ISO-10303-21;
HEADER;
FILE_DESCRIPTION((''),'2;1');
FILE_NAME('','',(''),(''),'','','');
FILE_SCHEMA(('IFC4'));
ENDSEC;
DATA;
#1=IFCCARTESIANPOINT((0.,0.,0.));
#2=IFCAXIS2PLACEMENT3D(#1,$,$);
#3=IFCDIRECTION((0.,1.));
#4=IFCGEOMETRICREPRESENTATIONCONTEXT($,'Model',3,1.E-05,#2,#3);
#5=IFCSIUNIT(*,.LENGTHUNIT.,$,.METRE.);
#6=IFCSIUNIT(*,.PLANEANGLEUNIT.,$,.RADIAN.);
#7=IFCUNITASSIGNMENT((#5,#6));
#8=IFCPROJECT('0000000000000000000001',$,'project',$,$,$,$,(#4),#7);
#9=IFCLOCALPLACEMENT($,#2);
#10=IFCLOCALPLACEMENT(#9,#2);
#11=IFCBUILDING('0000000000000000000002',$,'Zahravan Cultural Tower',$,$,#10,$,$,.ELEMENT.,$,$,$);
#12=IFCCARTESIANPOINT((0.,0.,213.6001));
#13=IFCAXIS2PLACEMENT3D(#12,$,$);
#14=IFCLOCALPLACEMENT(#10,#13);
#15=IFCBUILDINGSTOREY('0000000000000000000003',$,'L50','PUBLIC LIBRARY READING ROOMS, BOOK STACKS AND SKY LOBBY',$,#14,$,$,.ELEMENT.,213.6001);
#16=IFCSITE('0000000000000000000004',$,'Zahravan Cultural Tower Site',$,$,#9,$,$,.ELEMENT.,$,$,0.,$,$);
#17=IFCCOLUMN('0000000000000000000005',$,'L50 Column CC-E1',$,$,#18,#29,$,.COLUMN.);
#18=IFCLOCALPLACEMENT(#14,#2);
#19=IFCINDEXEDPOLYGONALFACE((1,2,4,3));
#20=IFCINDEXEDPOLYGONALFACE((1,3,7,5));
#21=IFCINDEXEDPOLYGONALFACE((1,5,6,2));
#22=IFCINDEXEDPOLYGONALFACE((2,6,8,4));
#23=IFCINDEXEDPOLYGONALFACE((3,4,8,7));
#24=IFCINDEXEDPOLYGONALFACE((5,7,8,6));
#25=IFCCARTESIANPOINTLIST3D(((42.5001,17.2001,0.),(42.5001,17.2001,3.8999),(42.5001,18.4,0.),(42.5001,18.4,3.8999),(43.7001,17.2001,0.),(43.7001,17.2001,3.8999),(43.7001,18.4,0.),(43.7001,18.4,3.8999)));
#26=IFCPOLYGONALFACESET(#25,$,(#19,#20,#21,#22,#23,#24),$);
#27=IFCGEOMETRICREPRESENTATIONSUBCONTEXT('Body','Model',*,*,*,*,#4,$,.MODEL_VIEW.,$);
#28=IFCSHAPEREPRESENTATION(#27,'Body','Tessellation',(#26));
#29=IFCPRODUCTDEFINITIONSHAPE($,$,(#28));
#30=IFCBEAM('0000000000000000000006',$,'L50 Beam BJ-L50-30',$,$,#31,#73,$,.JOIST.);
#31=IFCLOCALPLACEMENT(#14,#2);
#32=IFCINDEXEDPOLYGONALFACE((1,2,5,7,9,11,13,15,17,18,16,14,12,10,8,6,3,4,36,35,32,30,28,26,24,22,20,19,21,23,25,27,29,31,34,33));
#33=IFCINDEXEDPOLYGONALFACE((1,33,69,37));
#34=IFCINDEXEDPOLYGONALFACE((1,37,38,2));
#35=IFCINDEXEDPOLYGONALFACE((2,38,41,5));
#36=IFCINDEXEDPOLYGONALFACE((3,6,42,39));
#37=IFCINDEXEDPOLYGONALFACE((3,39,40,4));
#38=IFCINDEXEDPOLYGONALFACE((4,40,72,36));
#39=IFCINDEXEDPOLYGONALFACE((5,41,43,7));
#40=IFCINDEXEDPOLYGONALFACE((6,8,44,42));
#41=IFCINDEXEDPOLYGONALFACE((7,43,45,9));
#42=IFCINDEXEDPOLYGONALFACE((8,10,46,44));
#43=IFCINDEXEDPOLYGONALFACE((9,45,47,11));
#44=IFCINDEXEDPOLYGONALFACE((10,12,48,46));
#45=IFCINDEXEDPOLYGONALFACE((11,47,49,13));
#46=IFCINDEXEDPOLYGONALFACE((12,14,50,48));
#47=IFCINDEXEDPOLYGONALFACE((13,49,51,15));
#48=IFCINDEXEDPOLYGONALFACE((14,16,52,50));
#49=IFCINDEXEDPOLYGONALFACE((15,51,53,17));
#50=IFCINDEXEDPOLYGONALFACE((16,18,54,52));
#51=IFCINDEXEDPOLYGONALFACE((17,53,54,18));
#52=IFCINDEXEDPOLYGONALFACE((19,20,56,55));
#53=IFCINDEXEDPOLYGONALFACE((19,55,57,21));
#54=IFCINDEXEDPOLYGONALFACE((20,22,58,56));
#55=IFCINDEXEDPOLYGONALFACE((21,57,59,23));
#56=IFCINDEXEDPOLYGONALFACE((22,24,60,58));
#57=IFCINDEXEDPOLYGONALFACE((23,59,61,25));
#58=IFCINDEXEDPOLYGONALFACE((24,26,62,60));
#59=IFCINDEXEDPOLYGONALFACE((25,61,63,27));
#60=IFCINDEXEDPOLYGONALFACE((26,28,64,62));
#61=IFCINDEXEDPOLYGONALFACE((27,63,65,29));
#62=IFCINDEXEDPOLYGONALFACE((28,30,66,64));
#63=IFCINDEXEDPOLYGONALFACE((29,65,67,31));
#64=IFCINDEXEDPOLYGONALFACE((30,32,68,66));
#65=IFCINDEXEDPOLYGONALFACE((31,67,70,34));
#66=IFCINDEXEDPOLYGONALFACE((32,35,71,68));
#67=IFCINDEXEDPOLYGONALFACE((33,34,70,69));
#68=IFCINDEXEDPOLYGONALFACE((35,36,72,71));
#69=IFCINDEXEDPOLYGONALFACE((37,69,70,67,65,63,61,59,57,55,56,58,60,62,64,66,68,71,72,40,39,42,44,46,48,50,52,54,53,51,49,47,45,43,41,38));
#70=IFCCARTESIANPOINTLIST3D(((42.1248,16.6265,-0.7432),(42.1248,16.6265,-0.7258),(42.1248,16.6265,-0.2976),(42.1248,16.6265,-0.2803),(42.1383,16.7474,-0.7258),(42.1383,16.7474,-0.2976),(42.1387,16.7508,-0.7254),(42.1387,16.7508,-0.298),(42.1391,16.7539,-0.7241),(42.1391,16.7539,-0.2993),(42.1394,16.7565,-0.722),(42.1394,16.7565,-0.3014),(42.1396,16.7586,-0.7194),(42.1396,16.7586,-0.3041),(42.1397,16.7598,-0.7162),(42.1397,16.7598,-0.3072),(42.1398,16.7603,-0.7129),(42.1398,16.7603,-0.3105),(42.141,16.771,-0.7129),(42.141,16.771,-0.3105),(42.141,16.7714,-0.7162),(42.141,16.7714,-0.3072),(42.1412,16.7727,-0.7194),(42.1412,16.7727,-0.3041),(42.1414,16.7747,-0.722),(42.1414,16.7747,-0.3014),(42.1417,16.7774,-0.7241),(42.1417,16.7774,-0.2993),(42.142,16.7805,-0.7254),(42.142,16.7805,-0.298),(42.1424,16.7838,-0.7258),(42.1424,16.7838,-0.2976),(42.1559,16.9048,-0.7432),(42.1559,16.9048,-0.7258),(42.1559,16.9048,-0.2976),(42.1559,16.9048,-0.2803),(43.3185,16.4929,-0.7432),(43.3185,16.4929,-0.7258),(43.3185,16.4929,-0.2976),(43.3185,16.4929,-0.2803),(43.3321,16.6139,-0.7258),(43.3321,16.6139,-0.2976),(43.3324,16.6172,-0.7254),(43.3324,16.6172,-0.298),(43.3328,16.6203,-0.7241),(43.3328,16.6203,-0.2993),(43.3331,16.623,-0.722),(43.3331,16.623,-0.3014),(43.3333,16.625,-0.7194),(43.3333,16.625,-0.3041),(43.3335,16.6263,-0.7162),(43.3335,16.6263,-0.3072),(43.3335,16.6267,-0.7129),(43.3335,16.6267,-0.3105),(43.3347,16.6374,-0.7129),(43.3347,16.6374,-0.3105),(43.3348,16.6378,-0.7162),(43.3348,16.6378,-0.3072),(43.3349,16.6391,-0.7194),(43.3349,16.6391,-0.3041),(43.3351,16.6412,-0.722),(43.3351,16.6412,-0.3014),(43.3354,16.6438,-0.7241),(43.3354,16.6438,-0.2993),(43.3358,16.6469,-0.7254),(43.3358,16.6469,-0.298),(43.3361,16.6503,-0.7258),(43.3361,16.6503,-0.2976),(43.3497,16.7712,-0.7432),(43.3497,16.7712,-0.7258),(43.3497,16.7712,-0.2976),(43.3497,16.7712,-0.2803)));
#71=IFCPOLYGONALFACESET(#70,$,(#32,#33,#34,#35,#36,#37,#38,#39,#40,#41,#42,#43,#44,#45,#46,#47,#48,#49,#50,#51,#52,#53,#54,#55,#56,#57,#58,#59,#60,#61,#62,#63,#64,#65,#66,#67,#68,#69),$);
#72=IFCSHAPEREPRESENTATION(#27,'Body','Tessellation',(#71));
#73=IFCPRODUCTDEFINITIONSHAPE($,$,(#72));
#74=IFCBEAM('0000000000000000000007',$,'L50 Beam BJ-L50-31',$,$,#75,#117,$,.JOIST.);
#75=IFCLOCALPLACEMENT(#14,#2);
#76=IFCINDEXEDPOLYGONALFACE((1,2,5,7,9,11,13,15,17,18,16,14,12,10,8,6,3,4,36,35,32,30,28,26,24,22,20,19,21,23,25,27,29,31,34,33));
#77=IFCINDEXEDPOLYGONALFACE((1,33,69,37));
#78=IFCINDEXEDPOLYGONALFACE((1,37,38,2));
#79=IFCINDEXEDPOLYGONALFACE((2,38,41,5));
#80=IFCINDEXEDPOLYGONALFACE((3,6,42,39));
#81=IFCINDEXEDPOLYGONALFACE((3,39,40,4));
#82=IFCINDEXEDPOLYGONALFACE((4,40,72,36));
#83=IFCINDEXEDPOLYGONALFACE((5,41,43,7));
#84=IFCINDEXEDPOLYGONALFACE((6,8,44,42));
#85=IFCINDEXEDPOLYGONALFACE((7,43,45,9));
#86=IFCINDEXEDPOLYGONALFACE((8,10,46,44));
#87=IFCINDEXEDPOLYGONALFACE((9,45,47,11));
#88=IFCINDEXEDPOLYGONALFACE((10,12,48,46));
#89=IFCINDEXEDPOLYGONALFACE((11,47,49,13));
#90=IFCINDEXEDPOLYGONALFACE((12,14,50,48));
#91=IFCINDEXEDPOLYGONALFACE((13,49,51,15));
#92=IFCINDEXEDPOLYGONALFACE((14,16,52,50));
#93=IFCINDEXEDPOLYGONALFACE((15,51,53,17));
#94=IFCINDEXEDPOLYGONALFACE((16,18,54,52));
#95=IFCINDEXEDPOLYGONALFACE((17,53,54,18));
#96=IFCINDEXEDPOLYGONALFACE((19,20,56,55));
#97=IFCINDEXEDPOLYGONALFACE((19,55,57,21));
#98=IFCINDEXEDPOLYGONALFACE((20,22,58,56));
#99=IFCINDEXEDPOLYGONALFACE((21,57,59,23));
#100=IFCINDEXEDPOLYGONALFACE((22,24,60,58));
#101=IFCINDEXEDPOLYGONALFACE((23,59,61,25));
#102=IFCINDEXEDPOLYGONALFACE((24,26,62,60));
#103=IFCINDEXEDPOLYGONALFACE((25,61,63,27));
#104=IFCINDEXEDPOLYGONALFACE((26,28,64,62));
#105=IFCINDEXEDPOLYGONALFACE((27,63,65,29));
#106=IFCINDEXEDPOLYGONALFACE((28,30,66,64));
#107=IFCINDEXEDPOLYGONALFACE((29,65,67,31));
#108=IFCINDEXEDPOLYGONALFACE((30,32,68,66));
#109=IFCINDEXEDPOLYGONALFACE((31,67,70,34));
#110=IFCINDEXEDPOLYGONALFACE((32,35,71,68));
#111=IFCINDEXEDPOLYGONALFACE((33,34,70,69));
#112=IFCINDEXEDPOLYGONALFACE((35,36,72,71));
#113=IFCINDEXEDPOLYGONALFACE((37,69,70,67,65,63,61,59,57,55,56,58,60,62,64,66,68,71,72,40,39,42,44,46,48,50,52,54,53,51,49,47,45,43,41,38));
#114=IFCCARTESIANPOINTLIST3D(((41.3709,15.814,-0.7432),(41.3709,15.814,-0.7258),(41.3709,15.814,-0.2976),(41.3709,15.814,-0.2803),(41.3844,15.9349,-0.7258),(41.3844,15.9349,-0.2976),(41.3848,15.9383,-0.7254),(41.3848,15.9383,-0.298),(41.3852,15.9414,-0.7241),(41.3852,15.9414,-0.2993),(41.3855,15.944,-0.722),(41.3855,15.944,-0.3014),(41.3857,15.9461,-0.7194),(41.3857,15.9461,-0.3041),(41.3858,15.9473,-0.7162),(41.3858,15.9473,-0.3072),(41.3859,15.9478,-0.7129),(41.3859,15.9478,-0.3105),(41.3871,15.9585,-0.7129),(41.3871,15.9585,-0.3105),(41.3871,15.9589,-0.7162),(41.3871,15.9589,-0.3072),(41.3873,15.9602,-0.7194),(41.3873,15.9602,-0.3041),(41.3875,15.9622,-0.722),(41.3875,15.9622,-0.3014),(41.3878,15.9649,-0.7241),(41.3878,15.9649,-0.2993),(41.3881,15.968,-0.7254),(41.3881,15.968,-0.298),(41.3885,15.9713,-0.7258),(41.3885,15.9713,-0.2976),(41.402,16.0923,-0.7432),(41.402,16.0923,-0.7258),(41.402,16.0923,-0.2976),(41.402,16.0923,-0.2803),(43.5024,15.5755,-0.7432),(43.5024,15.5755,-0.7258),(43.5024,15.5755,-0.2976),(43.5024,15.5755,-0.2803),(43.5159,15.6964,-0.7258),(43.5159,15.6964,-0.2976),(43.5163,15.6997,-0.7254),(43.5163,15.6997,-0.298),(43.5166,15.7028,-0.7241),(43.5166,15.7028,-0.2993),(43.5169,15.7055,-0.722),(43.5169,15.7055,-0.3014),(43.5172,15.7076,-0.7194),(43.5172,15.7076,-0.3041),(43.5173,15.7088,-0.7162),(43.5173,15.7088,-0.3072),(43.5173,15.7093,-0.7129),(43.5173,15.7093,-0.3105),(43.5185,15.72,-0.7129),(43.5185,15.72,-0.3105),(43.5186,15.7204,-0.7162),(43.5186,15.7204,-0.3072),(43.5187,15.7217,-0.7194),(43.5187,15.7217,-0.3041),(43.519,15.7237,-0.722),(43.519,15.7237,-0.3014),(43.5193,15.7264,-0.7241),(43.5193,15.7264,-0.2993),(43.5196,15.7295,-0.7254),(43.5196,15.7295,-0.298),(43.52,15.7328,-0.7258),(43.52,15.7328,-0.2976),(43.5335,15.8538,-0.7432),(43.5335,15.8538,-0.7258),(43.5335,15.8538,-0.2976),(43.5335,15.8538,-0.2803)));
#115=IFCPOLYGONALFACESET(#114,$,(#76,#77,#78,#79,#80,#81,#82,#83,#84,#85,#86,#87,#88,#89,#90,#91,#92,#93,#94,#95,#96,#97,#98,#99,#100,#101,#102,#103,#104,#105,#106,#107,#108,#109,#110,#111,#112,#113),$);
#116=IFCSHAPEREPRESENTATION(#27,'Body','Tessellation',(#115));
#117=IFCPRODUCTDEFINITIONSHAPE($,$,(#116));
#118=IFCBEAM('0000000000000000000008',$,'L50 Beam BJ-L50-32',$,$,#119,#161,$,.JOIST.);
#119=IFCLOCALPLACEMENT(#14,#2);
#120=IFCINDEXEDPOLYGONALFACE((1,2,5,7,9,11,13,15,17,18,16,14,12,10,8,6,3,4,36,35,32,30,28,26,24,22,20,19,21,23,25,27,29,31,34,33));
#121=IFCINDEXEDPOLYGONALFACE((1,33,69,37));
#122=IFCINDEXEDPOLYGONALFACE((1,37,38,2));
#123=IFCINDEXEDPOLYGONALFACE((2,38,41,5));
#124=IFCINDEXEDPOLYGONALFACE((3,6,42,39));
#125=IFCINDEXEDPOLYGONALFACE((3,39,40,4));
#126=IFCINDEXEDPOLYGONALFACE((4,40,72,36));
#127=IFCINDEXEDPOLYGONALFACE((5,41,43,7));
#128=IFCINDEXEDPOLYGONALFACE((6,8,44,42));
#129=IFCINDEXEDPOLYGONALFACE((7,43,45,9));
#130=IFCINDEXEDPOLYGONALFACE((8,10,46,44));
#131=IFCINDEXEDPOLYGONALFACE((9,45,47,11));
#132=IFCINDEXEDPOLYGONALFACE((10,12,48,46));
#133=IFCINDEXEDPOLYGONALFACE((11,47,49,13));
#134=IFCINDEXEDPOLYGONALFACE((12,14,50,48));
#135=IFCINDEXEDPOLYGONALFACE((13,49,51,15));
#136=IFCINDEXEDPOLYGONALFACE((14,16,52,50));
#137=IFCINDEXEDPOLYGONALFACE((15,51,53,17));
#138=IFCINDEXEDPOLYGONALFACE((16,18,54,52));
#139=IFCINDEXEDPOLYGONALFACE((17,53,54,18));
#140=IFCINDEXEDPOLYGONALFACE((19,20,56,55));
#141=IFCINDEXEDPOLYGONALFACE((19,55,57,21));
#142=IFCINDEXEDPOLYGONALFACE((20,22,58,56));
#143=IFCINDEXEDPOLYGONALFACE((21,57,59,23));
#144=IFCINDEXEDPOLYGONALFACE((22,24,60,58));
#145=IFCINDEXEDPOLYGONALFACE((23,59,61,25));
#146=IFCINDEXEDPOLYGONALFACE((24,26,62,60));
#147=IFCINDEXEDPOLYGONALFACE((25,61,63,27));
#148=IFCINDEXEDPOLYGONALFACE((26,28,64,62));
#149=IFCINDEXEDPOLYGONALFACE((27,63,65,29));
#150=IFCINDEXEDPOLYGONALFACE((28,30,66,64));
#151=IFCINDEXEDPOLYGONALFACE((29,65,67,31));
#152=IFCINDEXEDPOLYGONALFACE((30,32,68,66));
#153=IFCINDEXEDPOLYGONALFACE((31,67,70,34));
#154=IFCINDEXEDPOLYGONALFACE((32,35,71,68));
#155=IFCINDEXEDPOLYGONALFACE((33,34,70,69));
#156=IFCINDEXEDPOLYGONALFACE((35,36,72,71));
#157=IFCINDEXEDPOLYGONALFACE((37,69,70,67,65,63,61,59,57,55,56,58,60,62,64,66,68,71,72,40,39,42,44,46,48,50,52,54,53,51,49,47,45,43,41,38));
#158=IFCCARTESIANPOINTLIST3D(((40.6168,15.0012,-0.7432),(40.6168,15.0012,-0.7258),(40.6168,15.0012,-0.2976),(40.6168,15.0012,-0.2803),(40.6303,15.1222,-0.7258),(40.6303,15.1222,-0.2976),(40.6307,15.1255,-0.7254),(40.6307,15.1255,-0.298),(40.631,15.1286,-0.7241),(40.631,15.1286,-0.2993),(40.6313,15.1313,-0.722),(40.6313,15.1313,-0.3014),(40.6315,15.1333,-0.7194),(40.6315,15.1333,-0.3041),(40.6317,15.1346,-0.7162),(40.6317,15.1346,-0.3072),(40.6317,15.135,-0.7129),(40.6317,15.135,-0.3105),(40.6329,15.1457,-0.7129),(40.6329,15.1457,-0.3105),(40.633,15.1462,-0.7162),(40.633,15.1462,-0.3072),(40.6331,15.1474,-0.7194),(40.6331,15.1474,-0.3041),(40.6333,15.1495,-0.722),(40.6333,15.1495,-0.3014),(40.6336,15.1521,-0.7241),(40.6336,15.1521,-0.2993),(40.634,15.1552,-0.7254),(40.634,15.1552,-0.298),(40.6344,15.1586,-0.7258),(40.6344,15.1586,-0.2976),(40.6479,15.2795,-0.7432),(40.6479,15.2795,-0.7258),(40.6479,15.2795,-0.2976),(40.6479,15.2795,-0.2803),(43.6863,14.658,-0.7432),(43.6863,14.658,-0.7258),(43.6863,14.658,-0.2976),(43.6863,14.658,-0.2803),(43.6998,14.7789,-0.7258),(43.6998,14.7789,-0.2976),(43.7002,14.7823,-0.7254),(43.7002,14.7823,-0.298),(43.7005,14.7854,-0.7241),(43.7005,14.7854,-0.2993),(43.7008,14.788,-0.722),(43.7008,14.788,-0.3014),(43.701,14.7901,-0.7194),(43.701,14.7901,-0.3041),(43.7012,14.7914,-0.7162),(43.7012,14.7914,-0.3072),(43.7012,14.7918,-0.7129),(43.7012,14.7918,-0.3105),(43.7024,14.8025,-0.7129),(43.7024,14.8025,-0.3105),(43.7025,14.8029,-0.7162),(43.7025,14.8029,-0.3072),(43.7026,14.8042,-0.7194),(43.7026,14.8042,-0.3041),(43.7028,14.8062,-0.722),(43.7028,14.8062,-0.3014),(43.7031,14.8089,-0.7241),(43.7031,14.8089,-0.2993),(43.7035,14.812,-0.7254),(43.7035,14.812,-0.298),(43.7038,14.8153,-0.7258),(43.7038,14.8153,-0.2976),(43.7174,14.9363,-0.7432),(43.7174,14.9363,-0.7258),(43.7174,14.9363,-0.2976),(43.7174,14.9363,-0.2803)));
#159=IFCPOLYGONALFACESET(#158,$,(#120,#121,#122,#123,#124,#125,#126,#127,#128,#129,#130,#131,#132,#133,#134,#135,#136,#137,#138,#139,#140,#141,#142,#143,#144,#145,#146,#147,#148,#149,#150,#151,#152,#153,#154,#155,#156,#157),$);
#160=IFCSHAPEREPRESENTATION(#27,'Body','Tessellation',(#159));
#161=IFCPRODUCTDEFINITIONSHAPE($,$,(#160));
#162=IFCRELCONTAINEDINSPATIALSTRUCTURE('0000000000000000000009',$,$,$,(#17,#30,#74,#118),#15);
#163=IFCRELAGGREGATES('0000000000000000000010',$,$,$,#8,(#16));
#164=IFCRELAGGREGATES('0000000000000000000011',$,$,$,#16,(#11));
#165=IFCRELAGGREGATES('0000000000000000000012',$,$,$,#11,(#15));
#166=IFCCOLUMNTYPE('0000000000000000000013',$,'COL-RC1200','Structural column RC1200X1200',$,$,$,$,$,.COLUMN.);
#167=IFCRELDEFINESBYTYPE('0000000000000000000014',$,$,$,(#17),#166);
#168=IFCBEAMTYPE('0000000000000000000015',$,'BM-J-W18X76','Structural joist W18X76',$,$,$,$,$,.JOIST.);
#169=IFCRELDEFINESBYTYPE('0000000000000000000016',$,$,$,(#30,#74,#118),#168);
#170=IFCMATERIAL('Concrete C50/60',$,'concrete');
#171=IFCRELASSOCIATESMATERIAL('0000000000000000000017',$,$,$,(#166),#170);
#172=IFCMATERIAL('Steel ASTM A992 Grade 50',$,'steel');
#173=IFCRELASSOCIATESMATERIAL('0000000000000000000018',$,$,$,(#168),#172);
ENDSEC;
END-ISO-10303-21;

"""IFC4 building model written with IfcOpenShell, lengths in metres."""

from ifc_helpers import new_model, si_unit, direction, frame, origin, origin_2d, place, context, subcontext, project, spatial, rectangle, i_section, extrude, source, transform, mapped, material, material_profile, profile_set, type_object, element, save


model = new_model("IFC4")

# Units and contexts
model_context = context("Model", 3, precision=1e-05, world=origin(), true_north=direction((0.0, 1.0)))
body_context = subcontext(model_context, "Body", "Model", "MODEL_VIEW")
ifc_project = project(units=[si_unit("LENGTHUNIT", "METRE"), si_unit("PLANEANGLEUNIT", "RADIAN")], contexts=[model_context])

# Site, building, storey
site_placement = place(None, origin())
site = spatial("IfcSite", under=ifc_project, at=site_placement, Name="Zahravan Cultural Tower Site", CompositionType="ELEMENT", RefElevation=0.0)
building_placement = place(site_placement, origin())
building = spatial("IfcBuilding", under=site, at=building_placement, Name="Zahravan Cultural Tower", CompositionType="ELEMENT")
storey_placement = place(building_placement, frame((0.0, 0.0, 213.6001)))
storey = spatial("IfcBuildingStorey", under=building, at=storey_placement, Name="L50", Description="PUBLIC LIBRARY READING ROOMS, BOOK STACKS AND SKY LOBBY", CompositionType="ELEMENT", Elevation=213.6001)

# Column
ifc_material_1 = material(Name="Concrete C50/60", Category="concrete")
ifc_material_profile_1 = material_profile(ifc_material_1, rectangle(XDim=1.2, YDim=1.2, at=origin_2d()), Name="RC1200X1200")
ifc_profile_set_1 = profile_set([ifc_material_profile_1], Name="Concrete C50/60")
column_type = type_object("IfcColumnType", Name="COL-RC1200", Description="Structural column RC1200X1200", PredefinedType="COLUMN", material=ifc_profile_set_1)
shared_shape_1 = source(origin(), body_context, "Body", "SweptSolid", [
    extrude(rectangle(XDim=1.2, YDim=1.2, at=origin_2d()), origin(), (0.0, 0.0, 1.0), 3.8999),
])
column_placement = place(storey_placement, frame((43.1001, 17.8, 0.0), z_axis=(0.0, 0.0, 1.0), x_axis=(1.0, 0.0, 0.0)))
element("IfcColumn", 1, at=column_placement, inside=storey, type_object=column_type, Name="L50 Column CC-E1", PredefinedType="COLUMN", context=body_context, shape_type="MappedRepresentation", body=[
    mapped(shared_shape_1, transform((0.0, 0.0, 0.0), x_axis=(1.0, 0.0, 0.0), y_axis=(0.0, 1.0, 0.0), z_axis=(0.0, 0.0, 1.0), scale=1.0)),
])

# Beams
ifc_material_2 = material(Name="Steel ASTM A992 Grade 50", Category="steel")
ifc_material_profile_2 = material_profile(ifc_material_2, i_section(OverallWidth=0.28, OverallDepth=0.4629, WebThickness=0.0107, FlangeThickness=0.0173, FilletRadius=0.0129, at=origin_2d()), Name="W18X76")
ifc_profile_set_2 = profile_set([ifc_material_profile_2], Name="Steel ASTM A992 Grade 50")
beam_type = type_object("IfcBeamType", Name="BM-J-W18X76", Description="Structural joist W18X76", PredefinedType="JOIST", material=ifc_profile_set_2)
shared_shape_2 = source(origin(), body_context, "Body", "SweptSolid", [
    extrude(i_section(OverallWidth=0.28, OverallDepth=0.4629, WebThickness=0.0107, FlangeThickness=0.0173, FilletRadius=0.0129, at=origin_2d()), origin(), (0.0, 0.0, 1.0), 1.2012),
])
beam_1_placement = place(storey_placement, frame((42.1404, 16.7656, -0.5117), z_axis=(0.993799, -0.11119, 0.0), x_axis=(0.11119, 0.993799, 0.0)))
element("IfcBeam", 2, at=beam_1_placement, inside=storey, type_object=beam_type, Name="L50 Beam BJ-L50-30", PredefinedType="JOIST", context=body_context, shape_type="MappedRepresentation", body=[
    mapped(shared_shape_2, transform((0.0, 0.0, 0.0), x_axis=(1.0, 0.0, 0.0), y_axis=(0.0, 1.0, 0.0), z_axis=(0.0, 0.0, 1.0), scale=1.0)),
])
shared_shape_3 = source(origin(), body_context, "Body", "SweptSolid", [
    extrude(i_section(OverallWidth=0.28, OverallDepth=0.4629, WebThickness=0.0107, FlangeThickness=0.0173, FilletRadius=0.0129, at=origin_2d()), origin(), (0.0, 0.0, 1.0), 2.1448),
])
beam_2_placement = place(storey_placement, frame((41.3865, 15.9531, -0.5117), z_axis=(0.993797, -0.111206, 0.0), x_axis=(0.111206, 0.993797, 0.0)))
element("IfcBeam", 3, at=beam_2_placement, inside=storey, type_object=beam_type, Name="L50 Beam BJ-L50-31", PredefinedType="JOIST", context=body_context, shape_type="MappedRepresentation", body=[
    mapped(shared_shape_3, transform((0.0, 0.0, 0.0), x_axis=(1.0, 0.0, 0.0), y_axis=(0.0, 1.0, 0.0), z_axis=(0.0, 0.0, 1.0), scale=1.0)),
])
shared_shape_4 = source(origin(), body_context, "Body", "SweptSolid", [
    extrude(i_section(OverallWidth=0.28, OverallDepth=0.4629, WebThickness=0.0107, FlangeThickness=0.0173, FilletRadius=0.0129, at=origin_2d()), origin(), (0.0, 0.0, 1.0), 3.0886),
])
beam_3_placement = place(storey_placement, frame((40.6323, 15.1404, -0.5117), z_axis=(0.993805, -0.111134, 0.0), x_axis=(0.111134, 0.993805, 0.0)))
element("IfcBeam", 4, at=beam_3_placement, inside=storey, type_object=beam_type, Name="L50 Beam BJ-L50-32", PredefinedType="JOIST", context=body_context, shape_type="MappedRepresentation", body=[
    mapped(shared_shape_4, transform((0.0, 0.0, 0.0), x_axis=(1.0, 0.0, 0.0), y_axis=(0.0, 1.0, 0.0), z_axis=(0.0, 0.0, 1.0), scale=1.0)),
])

save(model, "model.ifc")
